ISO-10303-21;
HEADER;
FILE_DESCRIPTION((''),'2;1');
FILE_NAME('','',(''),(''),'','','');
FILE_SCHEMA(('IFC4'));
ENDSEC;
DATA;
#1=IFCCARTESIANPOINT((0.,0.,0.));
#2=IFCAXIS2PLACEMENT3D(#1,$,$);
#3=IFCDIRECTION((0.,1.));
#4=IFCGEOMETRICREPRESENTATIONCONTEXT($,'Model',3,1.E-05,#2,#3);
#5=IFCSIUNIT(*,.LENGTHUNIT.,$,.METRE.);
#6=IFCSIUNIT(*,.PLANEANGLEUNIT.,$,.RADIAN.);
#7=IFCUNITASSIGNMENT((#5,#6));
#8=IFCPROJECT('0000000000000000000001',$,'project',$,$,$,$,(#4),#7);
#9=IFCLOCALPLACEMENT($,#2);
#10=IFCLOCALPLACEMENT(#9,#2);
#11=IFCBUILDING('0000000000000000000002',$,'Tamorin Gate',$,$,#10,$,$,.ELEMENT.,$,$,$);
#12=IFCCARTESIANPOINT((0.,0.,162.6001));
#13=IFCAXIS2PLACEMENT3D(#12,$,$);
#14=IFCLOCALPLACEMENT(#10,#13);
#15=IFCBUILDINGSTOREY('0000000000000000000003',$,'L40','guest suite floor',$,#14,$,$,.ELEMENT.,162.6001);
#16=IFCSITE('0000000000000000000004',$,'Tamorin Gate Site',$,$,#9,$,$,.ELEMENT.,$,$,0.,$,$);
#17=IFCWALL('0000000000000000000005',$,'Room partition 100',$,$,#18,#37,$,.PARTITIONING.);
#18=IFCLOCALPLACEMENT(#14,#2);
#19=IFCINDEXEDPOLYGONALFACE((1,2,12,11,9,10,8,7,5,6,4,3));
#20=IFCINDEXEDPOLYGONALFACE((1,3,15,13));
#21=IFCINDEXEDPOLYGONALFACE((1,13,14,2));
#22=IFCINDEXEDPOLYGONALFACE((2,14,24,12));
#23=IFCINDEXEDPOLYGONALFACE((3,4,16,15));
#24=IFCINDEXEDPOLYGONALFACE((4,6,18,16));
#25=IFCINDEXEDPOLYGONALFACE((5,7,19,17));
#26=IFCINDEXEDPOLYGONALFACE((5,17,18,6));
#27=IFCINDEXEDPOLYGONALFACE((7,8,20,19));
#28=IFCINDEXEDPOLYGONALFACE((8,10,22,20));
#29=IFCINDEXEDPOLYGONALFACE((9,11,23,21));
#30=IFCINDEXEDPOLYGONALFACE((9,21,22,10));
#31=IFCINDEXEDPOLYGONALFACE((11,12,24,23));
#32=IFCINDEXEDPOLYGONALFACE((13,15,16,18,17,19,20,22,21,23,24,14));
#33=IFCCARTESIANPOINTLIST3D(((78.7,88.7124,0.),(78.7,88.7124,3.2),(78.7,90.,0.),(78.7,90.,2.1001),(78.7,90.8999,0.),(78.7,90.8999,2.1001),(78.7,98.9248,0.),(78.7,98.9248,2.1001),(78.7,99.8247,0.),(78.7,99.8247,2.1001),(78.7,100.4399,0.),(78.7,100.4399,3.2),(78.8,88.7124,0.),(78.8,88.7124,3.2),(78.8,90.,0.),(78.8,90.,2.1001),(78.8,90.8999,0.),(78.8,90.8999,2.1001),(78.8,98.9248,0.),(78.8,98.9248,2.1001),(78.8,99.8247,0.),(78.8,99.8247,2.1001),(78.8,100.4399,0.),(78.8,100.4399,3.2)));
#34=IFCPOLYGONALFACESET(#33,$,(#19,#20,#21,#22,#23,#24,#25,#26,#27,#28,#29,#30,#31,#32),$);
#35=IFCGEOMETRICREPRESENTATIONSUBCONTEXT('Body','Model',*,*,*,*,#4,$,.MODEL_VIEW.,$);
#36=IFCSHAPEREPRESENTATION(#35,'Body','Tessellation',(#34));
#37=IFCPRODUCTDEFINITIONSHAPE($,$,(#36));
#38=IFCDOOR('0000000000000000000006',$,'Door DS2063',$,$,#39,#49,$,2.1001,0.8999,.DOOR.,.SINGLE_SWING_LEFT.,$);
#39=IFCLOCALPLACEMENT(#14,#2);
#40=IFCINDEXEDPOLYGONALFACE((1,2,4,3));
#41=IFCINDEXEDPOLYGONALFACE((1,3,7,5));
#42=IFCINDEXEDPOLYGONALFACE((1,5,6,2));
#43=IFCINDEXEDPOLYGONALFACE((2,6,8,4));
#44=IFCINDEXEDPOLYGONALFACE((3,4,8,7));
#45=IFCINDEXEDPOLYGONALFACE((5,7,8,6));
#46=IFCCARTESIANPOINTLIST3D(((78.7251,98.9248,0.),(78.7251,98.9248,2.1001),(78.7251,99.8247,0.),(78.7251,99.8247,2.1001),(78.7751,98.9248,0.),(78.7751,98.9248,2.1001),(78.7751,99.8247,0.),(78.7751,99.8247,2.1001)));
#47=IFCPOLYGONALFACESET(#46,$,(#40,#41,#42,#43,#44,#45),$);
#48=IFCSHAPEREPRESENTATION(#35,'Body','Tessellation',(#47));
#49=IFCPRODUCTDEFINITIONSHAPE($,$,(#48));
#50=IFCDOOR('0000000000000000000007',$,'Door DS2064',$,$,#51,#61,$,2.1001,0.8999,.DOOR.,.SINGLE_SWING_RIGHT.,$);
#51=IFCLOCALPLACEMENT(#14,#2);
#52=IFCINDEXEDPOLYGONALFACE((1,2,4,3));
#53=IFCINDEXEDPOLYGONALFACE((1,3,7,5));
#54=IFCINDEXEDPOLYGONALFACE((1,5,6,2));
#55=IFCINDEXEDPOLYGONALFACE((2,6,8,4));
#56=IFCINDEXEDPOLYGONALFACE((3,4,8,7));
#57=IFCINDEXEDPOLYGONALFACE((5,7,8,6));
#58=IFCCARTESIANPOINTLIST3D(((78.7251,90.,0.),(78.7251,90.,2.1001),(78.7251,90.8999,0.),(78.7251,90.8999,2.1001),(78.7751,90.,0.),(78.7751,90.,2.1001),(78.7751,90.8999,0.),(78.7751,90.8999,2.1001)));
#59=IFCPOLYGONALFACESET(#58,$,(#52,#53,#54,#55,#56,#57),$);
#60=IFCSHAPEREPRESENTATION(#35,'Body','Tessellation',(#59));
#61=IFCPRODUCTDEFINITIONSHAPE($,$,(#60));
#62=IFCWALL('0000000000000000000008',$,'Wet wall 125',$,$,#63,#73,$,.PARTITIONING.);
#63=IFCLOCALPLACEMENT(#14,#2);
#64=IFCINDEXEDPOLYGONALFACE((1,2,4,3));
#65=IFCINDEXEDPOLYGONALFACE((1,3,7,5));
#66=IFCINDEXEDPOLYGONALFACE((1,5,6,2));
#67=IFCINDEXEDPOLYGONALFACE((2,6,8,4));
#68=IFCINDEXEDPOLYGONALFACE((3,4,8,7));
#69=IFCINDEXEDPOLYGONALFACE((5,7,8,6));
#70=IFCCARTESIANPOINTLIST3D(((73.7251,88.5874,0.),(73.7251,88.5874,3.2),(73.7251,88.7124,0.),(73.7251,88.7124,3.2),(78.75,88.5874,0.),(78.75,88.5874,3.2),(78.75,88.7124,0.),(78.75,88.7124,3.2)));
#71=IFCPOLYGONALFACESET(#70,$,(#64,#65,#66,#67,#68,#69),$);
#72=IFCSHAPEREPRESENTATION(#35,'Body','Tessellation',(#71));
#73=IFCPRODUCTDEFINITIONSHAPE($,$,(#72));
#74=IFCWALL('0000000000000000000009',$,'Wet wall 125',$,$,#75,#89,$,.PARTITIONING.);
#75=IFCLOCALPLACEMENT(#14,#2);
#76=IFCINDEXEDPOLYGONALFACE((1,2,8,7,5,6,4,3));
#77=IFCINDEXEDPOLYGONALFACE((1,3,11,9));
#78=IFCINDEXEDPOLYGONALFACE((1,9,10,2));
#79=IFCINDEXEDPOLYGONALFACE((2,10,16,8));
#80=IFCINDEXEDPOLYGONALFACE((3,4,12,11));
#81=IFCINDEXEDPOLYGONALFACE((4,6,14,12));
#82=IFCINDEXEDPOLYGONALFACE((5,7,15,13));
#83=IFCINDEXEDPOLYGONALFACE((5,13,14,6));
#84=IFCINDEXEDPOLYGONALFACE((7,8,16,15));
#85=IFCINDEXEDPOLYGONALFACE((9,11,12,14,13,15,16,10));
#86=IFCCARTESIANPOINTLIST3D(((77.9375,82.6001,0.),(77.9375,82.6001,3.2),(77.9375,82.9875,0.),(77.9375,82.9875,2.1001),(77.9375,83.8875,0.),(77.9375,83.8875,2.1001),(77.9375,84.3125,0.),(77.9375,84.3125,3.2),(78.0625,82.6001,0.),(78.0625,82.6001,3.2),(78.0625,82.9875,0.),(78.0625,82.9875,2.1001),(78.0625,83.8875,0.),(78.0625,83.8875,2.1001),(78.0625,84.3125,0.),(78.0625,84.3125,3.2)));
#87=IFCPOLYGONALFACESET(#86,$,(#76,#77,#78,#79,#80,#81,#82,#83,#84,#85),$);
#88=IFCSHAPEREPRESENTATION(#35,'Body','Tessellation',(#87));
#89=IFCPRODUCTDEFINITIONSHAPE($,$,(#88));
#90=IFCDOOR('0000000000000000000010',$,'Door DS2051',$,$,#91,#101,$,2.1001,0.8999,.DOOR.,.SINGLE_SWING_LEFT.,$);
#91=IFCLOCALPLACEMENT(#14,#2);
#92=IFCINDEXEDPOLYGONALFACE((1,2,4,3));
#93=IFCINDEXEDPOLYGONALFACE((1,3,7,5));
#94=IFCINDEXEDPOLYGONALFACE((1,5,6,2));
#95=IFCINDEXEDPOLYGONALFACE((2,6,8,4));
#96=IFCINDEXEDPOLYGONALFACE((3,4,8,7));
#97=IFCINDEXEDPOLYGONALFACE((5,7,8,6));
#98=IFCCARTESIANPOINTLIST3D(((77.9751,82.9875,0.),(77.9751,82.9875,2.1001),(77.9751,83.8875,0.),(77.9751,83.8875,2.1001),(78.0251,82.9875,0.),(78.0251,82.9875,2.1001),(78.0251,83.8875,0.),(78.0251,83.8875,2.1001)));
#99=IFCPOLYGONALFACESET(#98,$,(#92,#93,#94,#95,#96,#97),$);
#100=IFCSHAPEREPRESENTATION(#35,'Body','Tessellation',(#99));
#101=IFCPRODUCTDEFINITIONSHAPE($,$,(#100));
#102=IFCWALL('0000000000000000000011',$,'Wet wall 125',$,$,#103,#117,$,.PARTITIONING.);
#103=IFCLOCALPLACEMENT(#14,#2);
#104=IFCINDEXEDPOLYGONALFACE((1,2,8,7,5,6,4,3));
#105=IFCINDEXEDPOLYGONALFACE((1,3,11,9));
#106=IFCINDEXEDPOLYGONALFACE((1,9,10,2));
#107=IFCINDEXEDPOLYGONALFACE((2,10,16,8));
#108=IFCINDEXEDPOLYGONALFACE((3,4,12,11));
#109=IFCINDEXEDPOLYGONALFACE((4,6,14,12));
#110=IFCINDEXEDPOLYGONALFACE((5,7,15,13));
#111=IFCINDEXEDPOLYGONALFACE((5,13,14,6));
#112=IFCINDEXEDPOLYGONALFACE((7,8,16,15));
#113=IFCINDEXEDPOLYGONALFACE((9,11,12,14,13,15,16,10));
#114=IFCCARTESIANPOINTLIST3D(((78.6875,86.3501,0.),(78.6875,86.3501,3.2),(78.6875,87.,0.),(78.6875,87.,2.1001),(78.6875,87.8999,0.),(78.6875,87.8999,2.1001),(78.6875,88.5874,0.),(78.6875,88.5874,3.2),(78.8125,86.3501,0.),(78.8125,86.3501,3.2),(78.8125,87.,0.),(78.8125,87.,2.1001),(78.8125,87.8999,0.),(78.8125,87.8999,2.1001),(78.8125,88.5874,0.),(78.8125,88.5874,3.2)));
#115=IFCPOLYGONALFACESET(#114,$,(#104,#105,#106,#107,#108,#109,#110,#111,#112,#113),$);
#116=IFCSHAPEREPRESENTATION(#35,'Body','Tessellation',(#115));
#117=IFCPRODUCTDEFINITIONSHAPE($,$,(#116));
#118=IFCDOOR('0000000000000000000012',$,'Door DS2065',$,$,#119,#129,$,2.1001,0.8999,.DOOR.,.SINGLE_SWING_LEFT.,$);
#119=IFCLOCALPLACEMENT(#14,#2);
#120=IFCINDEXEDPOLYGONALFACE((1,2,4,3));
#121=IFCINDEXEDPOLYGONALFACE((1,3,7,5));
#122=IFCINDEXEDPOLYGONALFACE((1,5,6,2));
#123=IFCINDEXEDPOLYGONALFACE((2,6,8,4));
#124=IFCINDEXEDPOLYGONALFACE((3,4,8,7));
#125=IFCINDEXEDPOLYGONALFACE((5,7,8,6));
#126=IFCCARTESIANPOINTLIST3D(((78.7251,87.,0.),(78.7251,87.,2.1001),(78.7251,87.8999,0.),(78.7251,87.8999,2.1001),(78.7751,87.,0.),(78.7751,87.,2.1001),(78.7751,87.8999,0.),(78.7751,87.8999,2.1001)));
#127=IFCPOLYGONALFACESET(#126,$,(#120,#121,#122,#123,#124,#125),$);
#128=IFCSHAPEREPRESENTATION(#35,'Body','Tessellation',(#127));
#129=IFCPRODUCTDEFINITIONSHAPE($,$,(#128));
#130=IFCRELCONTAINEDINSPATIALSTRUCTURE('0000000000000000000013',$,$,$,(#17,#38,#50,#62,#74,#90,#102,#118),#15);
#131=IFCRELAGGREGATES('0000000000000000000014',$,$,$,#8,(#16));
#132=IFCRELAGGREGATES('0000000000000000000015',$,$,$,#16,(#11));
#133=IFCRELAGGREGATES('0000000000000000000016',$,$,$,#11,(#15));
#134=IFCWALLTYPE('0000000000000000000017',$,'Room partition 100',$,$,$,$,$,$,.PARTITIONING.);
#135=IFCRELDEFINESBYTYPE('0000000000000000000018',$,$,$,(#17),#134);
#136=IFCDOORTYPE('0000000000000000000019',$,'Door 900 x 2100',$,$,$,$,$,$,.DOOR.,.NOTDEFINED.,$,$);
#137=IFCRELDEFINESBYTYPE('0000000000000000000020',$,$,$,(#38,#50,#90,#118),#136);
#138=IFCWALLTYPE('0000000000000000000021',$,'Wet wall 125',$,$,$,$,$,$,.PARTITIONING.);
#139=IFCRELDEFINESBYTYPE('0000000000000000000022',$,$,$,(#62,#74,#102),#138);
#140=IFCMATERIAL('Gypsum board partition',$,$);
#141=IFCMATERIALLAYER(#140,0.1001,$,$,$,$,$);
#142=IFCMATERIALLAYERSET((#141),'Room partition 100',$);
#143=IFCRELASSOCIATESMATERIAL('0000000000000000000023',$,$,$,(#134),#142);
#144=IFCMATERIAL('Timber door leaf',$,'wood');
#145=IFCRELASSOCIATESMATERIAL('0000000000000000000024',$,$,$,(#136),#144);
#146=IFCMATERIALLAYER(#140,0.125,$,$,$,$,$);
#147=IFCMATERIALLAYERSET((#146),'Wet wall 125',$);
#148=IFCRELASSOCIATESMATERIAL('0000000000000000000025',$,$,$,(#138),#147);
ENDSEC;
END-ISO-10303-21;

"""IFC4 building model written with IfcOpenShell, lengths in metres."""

from ifc_helpers import new_model, si_unit, direction, frame, frame_2d, origin, place, context, subcontext, project, spatial, rectangle, extrude, material, layer, layer_set, type_object, element, fill, save


model = new_model("IFC4")

# Units and contexts
model_context = context("Model", 3, precision=1e-05, world=origin(), true_north=direction((0.0, 1.0)))
body_context = subcontext(model_context, "Body", "Model", "MODEL_VIEW")
ifc_project = project(units=[si_unit("LENGTHUNIT", "METRE"), si_unit("PLANEANGLEUNIT", "RADIAN")], contexts=[model_context])

# Site, building, storey
site_placement = place(None, origin())
site = spatial("IfcSite", under=ifc_project, at=site_placement, Name="Tamorin Gate Site", CompositionType="ELEMENT", RefElevation=0.0)
building_placement = place(site_placement, origin())
building = spatial("IfcBuilding", under=site, at=building_placement, Name="Tamorin Gate", CompositionType="ELEMENT")
storey_placement = place(building_placement, frame((0.0, 0.0, 162.6001)))
storey = spatial("IfcBuildingStorey", under=building, at=storey_placement, Name="L40", Description="guest suite floor", CompositionType="ELEMENT", Elevation=162.6001)

# Shared definitions
ifc_material_1 = material(Name="Gypsum board partition")
ifc_layer_1 = layer(ifc_material_1, 0.1001)
ifc_layer_set_1 = layer_set([ifc_layer_1], Name="Room partition 100")
wall_type_1 = type_object("IfcWallType", Name="Room partition 100", PredefinedType="PARTITIONING", material=ifc_layer_set_1)
ifc_material_2 = material(Name="Timber door leaf", Category="wood")
door_type = type_object("IfcDoorType", Name="Door 900 x 2100", OperationType="NOTDEFINED", PredefinedType="DOOR", material=ifc_material_2)

# Wall, openings, doors
wall_1_placement = place(storey_placement, frame((78.75, 88.7124, 0.0), z_axis=(0.0, 0.0, 1.0), x_axis=(0.0, 1.0, 0.0)))
wall_1 = element("IfcWall", 1, at=wall_1_placement, inside=storey, type_object=wall_type_1, Name="Room partition 100", PredefinedType="PARTITIONING", context=body_context, shape_type="SweptSolid", body=[
    extrude(rectangle(XDim=11.7275, YDim=0.1001, at=frame_2d((5.8638, 0.0))), origin(), (0.0, 0.0, 1.0), 3.2),
])
opening_1_placement = place(wall_1_placement, frame((10.2124, 0.0, 0.0)))
opening_1 = element("IfcOpeningElement", 2, at=opening_1_placement, cuts=wall_1, PredefinedType="OPENING", context=body_context, shape_type="SweptSolid", body=[
    extrude(rectangle(XDim=0.8999, YDim=2.1001, at=frame_2d((0.45, 1.05))), frame((0.0, 0.0601, 0.0), z_axis=(0.0, -1.0, 0.0), x_axis=(1.0, 0.0, 0.0)), (0.0, 0.0, 1.0), 0.1201),
])
opening_2_placement = place(wall_1_placement, frame((1.2876, 0.0, 0.0)))
opening_2 = element("IfcOpeningElement", 3, at=opening_2_placement, cuts=wall_1, PredefinedType="OPENING", context=body_context, shape_type="SweptSolid", body=[
    extrude(rectangle(XDim=0.8999, YDim=2.1001, at=frame_2d((0.45, 1.05))), frame((0.0, 0.0601, 0.0), z_axis=(0.0, -1.0, 0.0), x_axis=(1.0, 0.0, 0.0)), (0.0, 0.0, 1.0), 0.1201),
])
door_1_placement = place(opening_1_placement, origin())
door_1 = element("IfcDoor", 4, at=door_1_placement, inside=storey, type_object=door_type, Name="Door DS2063", OperationType="SINGLE_SWING_LEFT", OverallHeight=2.1001, OverallWidth=0.8999, PredefinedType="DOOR", context=body_context, shape_type="SweptSolid", body=[
    extrude(rectangle(XDim=0.8999, YDim=2.1001, at=frame_2d((0.45, 1.05))), frame((0.0, 0.0249, 0.0), z_axis=(0.0, -1.0, 0.0), x_axis=(1.0, 0.0, 0.0)), (0.0, 0.0, 1.0), 0.05),
])
fill(opening_1, door_1)
door_2_placement = place(opening_2_placement, origin())
door_2 = element("IfcDoor", 5, at=door_2_placement, inside=storey, type_object=door_type, Name="Door DS2064", OperationType="SINGLE_SWING_RIGHT", OverallHeight=2.1001, OverallWidth=0.8999, PredefinedType="DOOR", context=body_context, shape_type="SweptSolid", body=[
    extrude(rectangle(XDim=0.8999, YDim=2.1001, at=frame_2d((0.45, 1.05))), frame((0.0, 0.0249, 0.0), z_axis=(0.0, -1.0, 0.0), x_axis=(1.0, 0.0, 0.0)), (0.0, 0.0, 1.0), 0.05),
])
fill(opening_2, door_2)

# Wall
ifc_layer_2 = layer(ifc_material_1, 0.125)
ifc_layer_set_2 = layer_set([ifc_layer_2], Name="Wet wall 125")
wall_type_2 = type_object("IfcWallType", Name="Wet wall 125", PredefinedType="PARTITIONING", material=ifc_layer_set_2)
wall_2_placement = place(storey_placement, frame((73.7251, 88.6499, 0.0), z_axis=(0.0, 0.0, 1.0), x_axis=(1.0, 0.0, 0.0)))
element("IfcWall", 6, at=wall_2_placement, inside=storey, type_object=wall_type_2, Name="Wet wall 125", PredefinedType="PARTITIONING", context=body_context, shape_type="SweptSolid", body=[
    extrude(rectangle(XDim=5.0249, YDim=0.125, at=frame_2d((2.5125, 0.0))), origin(), (0.0, 0.0, 1.0), 3.2),
])

# Walls, openings, doors
wall_3_placement = place(storey_placement, frame((78.0, 82.6001, 0.0), z_axis=(0.0, 0.0, 1.0), x_axis=(0.0, 1.0, 0.0)))
wall_3 = element("IfcWall", 7, at=wall_3_placement, inside=storey, type_object=wall_type_2, Name="Wet wall 125", PredefinedType="PARTITIONING", context=body_context, shape_type="SweptSolid", body=[
    extrude(rectangle(XDim=1.7124, YDim=0.125, at=frame_2d((0.8562, 0.0))), origin(), (0.0, 0.0, 1.0), 3.2),
])
opening_3_placement = place(wall_3_placement, frame((0.3875, 0.0, 0.0)))
opening_3 = element("IfcOpeningElement", 8, at=opening_3_placement, cuts=wall_3, PredefinedType="OPENING", context=body_context, shape_type="SweptSolid", body=[
    extrude(rectangle(XDim=0.8999, YDim=2.1001, at=frame_2d((0.45, 1.05))), frame((0.0, 0.0725, 0.0), z_axis=(0.0, -1.0, 0.0), x_axis=(1.0, 0.0, 0.0)), (0.0, 0.0, 1.0), 0.145),
])
door_3_placement = place(opening_3_placement, origin())
door_3 = element("IfcDoor", 9, at=door_3_placement, inside=storey, type_object=door_type, Name="Door DS2051", OperationType="SINGLE_SWING_LEFT", OverallHeight=2.1001, OverallWidth=0.8999, PredefinedType="DOOR", context=body_context, shape_type="SweptSolid", body=[
    extrude(rectangle(XDim=0.8999, YDim=2.1001, at=frame_2d((0.45, 1.05))), frame((0.0, 0.0249, 0.0), z_axis=(0.0, -1.0, 0.0), x_axis=(1.0, 0.0, 0.0)), (0.0, 0.0, 1.0), 0.05),
])
fill(opening_3, door_3)
wall_4_placement = place(storey_placement, frame((78.75, 86.3501, 0.0), z_axis=(0.0, 0.0, 1.0), x_axis=(0.0, 1.0, 0.0)))
wall_4 = element("IfcWall", 10, at=wall_4_placement, inside=storey, type_object=wall_type_2, Name="Wet wall 125", PredefinedType="PARTITIONING", context=body_context, shape_type="SweptSolid", body=[
    extrude(rectangle(XDim=2.2373, YDim=0.125, at=frame_2d((1.1187, 0.0))), origin(), (0.0, 0.0, 1.0), 3.2),
])
opening_4_placement = place(wall_4_placement, frame((0.6499, 0.0, 0.0)))
opening_4 = element("IfcOpeningElement", 11, at=opening_4_placement, cuts=wall_4, PredefinedType="OPENING", context=body_context, shape_type="SweptSolid", body=[
    extrude(rectangle(XDim=0.8999, YDim=2.1001, at=frame_2d((0.45, 1.05))), frame((0.0, 0.0725, 0.0), z_axis=(0.0, -1.0, 0.0), x_axis=(1.0, 0.0, 0.0)), (0.0, 0.0, 1.0), 0.145),
])
door_4_placement = place(opening_4_placement, origin())
door_4 = element("IfcDoor", 12, at=door_4_placement, inside=storey, type_object=door_type, Name="Door DS2065", OperationType="SINGLE_SWING_LEFT", OverallHeight=2.1001, OverallWidth=0.8999, PredefinedType="DOOR", context=body_context, shape_type="SweptSolid", body=[
    extrude(rectangle(XDim=0.8999, YDim=2.1001, at=frame_2d((0.45, 1.05))), frame((0.0, 0.0249, 0.0), z_axis=(0.0, -1.0, 0.0), x_axis=(1.0, 0.0, 0.0)), (0.0, 0.0, 1.0), 0.05),
])
fill(opening_4, door_4)

save(model, "model.ifc")
